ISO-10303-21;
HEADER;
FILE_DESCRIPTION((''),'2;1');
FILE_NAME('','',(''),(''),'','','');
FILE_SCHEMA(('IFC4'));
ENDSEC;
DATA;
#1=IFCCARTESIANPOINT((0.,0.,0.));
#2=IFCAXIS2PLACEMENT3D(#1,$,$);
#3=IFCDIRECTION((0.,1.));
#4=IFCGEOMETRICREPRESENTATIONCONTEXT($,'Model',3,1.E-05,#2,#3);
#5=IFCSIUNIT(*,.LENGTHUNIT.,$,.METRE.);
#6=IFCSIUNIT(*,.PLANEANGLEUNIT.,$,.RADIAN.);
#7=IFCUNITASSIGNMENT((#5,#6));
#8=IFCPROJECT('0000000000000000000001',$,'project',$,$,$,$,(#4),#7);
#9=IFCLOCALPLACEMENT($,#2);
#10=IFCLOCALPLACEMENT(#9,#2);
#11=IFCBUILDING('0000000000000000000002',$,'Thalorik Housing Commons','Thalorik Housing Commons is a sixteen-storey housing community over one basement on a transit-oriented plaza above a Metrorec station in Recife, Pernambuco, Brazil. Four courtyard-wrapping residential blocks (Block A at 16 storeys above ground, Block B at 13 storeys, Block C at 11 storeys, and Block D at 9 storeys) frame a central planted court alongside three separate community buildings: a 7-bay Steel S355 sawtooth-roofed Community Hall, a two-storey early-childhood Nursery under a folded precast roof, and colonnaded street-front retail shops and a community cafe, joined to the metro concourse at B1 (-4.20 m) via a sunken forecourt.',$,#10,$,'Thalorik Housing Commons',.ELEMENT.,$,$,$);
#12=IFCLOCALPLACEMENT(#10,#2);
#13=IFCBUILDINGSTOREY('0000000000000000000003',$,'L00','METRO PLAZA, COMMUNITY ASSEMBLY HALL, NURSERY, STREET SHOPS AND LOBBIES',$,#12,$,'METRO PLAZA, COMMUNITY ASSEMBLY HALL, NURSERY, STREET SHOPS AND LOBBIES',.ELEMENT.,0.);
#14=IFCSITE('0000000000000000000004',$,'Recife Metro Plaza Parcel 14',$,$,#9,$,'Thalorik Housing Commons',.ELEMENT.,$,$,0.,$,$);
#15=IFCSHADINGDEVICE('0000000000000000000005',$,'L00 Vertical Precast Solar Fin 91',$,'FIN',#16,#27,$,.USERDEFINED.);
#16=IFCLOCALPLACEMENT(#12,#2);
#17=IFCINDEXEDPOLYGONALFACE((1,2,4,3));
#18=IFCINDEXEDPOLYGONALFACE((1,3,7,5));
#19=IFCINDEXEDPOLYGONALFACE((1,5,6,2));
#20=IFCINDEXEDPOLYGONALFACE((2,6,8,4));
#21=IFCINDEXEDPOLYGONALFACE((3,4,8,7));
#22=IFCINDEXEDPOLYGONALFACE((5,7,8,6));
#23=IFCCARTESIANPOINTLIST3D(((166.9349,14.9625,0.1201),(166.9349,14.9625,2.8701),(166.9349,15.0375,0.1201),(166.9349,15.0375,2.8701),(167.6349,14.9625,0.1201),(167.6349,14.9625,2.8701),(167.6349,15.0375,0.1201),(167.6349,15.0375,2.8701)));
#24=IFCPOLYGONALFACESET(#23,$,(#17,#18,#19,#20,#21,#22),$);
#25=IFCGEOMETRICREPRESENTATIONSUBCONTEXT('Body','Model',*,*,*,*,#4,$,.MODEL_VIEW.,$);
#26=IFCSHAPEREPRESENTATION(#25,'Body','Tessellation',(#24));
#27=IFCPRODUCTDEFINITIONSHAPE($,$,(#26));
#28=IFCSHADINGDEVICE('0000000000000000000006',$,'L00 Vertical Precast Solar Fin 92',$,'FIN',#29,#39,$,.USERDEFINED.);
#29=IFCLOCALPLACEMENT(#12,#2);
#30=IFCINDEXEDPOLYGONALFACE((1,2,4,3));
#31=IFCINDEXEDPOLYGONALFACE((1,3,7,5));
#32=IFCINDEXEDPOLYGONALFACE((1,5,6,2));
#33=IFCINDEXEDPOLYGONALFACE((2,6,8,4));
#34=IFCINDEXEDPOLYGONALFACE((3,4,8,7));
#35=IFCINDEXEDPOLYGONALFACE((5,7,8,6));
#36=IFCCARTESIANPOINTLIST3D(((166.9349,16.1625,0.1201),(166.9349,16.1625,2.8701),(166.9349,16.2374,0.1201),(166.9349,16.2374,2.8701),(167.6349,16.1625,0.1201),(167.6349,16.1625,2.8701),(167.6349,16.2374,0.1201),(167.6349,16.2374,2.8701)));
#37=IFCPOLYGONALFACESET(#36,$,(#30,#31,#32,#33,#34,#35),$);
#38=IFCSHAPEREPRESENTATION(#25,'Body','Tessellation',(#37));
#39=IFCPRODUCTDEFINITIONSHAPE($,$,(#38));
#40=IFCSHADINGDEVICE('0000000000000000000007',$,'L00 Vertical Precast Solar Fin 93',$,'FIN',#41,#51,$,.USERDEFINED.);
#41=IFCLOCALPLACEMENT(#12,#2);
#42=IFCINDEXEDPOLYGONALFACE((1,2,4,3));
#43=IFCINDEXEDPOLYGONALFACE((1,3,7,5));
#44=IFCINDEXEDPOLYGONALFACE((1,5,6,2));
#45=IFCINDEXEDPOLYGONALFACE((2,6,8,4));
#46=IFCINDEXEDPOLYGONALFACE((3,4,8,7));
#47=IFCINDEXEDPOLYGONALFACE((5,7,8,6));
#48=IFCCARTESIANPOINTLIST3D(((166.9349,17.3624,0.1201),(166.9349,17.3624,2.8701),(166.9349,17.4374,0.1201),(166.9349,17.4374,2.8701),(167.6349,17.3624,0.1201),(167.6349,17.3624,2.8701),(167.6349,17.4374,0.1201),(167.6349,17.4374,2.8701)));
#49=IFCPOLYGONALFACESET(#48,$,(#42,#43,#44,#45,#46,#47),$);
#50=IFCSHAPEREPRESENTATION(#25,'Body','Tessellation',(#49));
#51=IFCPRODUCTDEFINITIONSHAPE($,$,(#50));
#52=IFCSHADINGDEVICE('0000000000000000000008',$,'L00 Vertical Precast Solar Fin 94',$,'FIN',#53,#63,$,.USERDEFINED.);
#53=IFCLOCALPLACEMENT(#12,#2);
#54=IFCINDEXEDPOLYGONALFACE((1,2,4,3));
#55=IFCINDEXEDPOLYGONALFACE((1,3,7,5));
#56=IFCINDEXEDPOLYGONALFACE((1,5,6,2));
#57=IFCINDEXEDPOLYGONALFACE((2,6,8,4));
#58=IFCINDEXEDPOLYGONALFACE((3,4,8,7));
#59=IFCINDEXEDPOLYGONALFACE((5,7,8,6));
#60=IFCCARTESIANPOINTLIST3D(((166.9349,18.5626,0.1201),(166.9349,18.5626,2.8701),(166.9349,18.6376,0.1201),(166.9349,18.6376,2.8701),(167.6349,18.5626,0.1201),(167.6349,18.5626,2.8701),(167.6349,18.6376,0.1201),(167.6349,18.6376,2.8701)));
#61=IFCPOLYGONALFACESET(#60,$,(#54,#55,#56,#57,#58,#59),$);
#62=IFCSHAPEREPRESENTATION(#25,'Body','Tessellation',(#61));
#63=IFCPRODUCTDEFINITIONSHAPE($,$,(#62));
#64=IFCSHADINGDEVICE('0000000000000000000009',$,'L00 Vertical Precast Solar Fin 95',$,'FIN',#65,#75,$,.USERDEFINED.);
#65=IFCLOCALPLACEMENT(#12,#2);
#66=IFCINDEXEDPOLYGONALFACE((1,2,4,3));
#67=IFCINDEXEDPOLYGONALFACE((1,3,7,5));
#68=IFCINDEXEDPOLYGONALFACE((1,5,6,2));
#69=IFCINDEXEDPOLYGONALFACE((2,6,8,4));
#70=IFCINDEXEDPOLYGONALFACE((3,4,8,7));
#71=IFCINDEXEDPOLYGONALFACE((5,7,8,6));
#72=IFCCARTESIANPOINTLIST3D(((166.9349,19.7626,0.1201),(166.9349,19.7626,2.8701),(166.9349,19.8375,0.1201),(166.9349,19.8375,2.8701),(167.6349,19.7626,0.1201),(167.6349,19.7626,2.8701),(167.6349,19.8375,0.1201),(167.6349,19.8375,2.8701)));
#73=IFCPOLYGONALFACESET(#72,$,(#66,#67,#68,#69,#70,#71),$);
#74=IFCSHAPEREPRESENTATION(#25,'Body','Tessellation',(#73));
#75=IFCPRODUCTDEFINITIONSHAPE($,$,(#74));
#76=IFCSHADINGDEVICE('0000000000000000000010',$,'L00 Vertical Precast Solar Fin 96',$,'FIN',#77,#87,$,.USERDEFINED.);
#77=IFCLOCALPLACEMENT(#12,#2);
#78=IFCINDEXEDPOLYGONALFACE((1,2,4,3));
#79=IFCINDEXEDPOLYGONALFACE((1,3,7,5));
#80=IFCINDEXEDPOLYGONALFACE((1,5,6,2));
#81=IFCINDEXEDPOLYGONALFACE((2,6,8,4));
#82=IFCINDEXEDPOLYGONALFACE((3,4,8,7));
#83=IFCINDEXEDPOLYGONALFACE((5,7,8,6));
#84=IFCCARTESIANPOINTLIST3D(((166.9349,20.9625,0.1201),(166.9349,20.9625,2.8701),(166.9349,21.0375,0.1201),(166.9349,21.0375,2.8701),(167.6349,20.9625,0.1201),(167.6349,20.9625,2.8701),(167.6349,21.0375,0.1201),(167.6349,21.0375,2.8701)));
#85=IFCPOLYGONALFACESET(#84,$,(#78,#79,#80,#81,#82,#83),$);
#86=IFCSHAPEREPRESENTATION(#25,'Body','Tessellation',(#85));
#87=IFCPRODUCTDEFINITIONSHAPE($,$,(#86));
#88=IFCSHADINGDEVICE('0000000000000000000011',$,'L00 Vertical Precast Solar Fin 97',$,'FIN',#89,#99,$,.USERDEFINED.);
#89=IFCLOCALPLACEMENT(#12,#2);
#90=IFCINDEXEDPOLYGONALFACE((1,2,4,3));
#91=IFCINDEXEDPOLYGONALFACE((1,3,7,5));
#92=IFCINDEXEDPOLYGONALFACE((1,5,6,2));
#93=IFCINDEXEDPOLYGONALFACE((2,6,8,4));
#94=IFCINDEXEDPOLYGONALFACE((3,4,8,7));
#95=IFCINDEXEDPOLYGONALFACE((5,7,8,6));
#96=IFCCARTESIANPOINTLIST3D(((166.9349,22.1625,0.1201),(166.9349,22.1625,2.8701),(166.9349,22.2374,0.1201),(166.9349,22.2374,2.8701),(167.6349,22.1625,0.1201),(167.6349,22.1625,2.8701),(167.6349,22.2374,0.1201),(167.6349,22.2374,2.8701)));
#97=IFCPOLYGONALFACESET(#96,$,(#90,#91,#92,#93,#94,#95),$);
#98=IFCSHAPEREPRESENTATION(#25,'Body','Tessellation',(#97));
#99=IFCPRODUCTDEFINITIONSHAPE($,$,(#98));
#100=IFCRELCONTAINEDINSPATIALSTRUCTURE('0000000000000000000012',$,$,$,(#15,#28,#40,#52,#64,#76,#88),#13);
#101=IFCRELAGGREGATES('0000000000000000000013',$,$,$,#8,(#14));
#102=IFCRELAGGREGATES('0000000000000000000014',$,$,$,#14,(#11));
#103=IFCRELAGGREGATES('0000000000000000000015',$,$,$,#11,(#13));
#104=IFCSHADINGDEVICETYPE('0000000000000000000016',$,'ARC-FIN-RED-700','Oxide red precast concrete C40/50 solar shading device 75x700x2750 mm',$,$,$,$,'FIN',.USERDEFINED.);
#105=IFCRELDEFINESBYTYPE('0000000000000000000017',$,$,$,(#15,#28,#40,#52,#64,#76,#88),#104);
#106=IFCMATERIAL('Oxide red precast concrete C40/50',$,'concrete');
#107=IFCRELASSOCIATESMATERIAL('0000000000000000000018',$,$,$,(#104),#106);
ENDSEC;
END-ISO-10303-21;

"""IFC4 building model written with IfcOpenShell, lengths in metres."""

from ifc_helpers import new_model, si_unit, direction, frame, origin, origin_2d, place, context, subcontext, project, spatial, rectangle, extrude, material, type_object, element, save


model = new_model("IFC4")

# Units and contexts
model_context = context("Model", 3, precision=1e-05, world=origin(), true_north=direction((0.0, 1.0)))
body_context = subcontext(model_context, "Body", "Model", "MODEL_VIEW")
ifc_project = project(units=[si_unit("LENGTHUNIT", "METRE"), si_unit("PLANEANGLEUNIT", "RADIAN")], contexts=[model_context])

# Site, building, storey
site_placement = place(None, origin())
site = spatial("IfcSite", under=ifc_project, at=site_placement, Name="Recife Metro Plaza Parcel 14", LongName="Thalorik Housing Commons", CompositionType="ELEMENT", RefElevation=0.0)
building_placement = place(site_placement, origin())
building = spatial("IfcBuilding", under=site, at=building_placement, Name="Thalorik Housing Commons", Description="Thalorik Housing Commons is a sixteen-storey housing community over one basement on a transit-oriented plaza above a Metrorec station in Recife, Pernambuco, Brazil. Four courtyard-wrapping residential blocks (Block A at 16 storeys above ground, Block B at 13 storeys, Block C at 11 storeys, and Block D at 9 storeys) frame a central planted court alongside three separate community buildings: a 7-bay Steel S355 sawtooth-roofed Community Hall, a two-storey early-childhood Nursery under a folded precast roof, and colonnaded street-front retail shops and a community cafe, joined to the metro concourse at B1 (-4.20 m) via a sunken forecourt.", LongName="Thalorik Housing Commons", CompositionType="ELEMENT")
storey_placement = place(building_placement, origin())
storey = spatial("IfcBuildingStorey", under=building, at=storey_placement, Name="L00", Description="METRO PLAZA, COMMUNITY ASSEMBLY HALL, NURSERY, STREET SHOPS AND LOBBIES", LongName="METRO PLAZA, COMMUNITY ASSEMBLY HALL, NURSERY, STREET SHOPS AND LOBBIES", CompositionType="ELEMENT", Elevation=0.0)

# Shading devices
ifc_material_1 = material(Name="Oxide red precast concrete C40/50", Category="concrete")
shading_device_type_1 = type_object("IfcShadingDeviceType", Name="ARC-FIN-RED-700", Description="Oxide red precast concrete C40/50 solar shading device 75x700x2750 mm", ElementType="FIN", PredefinedType="USERDEFINED", material=ifc_material_1)
for number, where, z_axis, x_axis, name in (
    (1, (167.2849, 15.0, 0.1201), (0.0, 0.0, 1.0), (0.0, 1.0, 0.0), "L00 Vertical Precast Solar Fin 91"),
    (2, (167.2849, 16.2, 0.1201), (0.0, 0.0, 1.0), (0.0, 1.0, 0.0), "L00 Vertical Precast Solar Fin 92"),
    (3, (167.2849, 17.3999, 0.1201), (0.0, 0.0, 1.0), (0.0, 1.0, 0.0), "L00 Vertical Precast Solar Fin 93"),
    (4, (167.2849, 18.6001, 0.1201), (0.0, 0.0, 1.0), (0.0, 1.0, 0.0), "L00 Vertical Precast Solar Fin 94"),
    (5, (167.2849, 19.8, 0.1201), (0.0, 0.0, 1.0), (0.0, 1.0, 0.0), "L00 Vertical Precast Solar Fin 95"),
    (6, (167.2849, 21.0, 0.1201), (0.0, 0.0, 1.0), (0.0, 1.0, 0.0), "L00 Vertical Precast Solar Fin 96"),
    (7, (167.2849, 22.2, 0.1201), (0.0, 0.0, 1.0), (0.0, 1.0, 0.0), "L00 Vertical Precast Solar Fin 97"),
):
    element("IfcShadingDevice", number, at=place(storey_placement, frame(where, z_axis=z_axis, x_axis=x_axis)), inside=storey, type_object=shading_device_type_1, Name=name, ObjectType="FIN", PredefinedType="USERDEFINED", context=body_context, shape_type="SweptSolid", body=[
        extrude(rectangle(XDim=0.075, YDim=0.7, at=origin_2d()), origin(), (0.0, 0.0, 1.0), 2.75),
    ])

save(model, "model.ifc")
